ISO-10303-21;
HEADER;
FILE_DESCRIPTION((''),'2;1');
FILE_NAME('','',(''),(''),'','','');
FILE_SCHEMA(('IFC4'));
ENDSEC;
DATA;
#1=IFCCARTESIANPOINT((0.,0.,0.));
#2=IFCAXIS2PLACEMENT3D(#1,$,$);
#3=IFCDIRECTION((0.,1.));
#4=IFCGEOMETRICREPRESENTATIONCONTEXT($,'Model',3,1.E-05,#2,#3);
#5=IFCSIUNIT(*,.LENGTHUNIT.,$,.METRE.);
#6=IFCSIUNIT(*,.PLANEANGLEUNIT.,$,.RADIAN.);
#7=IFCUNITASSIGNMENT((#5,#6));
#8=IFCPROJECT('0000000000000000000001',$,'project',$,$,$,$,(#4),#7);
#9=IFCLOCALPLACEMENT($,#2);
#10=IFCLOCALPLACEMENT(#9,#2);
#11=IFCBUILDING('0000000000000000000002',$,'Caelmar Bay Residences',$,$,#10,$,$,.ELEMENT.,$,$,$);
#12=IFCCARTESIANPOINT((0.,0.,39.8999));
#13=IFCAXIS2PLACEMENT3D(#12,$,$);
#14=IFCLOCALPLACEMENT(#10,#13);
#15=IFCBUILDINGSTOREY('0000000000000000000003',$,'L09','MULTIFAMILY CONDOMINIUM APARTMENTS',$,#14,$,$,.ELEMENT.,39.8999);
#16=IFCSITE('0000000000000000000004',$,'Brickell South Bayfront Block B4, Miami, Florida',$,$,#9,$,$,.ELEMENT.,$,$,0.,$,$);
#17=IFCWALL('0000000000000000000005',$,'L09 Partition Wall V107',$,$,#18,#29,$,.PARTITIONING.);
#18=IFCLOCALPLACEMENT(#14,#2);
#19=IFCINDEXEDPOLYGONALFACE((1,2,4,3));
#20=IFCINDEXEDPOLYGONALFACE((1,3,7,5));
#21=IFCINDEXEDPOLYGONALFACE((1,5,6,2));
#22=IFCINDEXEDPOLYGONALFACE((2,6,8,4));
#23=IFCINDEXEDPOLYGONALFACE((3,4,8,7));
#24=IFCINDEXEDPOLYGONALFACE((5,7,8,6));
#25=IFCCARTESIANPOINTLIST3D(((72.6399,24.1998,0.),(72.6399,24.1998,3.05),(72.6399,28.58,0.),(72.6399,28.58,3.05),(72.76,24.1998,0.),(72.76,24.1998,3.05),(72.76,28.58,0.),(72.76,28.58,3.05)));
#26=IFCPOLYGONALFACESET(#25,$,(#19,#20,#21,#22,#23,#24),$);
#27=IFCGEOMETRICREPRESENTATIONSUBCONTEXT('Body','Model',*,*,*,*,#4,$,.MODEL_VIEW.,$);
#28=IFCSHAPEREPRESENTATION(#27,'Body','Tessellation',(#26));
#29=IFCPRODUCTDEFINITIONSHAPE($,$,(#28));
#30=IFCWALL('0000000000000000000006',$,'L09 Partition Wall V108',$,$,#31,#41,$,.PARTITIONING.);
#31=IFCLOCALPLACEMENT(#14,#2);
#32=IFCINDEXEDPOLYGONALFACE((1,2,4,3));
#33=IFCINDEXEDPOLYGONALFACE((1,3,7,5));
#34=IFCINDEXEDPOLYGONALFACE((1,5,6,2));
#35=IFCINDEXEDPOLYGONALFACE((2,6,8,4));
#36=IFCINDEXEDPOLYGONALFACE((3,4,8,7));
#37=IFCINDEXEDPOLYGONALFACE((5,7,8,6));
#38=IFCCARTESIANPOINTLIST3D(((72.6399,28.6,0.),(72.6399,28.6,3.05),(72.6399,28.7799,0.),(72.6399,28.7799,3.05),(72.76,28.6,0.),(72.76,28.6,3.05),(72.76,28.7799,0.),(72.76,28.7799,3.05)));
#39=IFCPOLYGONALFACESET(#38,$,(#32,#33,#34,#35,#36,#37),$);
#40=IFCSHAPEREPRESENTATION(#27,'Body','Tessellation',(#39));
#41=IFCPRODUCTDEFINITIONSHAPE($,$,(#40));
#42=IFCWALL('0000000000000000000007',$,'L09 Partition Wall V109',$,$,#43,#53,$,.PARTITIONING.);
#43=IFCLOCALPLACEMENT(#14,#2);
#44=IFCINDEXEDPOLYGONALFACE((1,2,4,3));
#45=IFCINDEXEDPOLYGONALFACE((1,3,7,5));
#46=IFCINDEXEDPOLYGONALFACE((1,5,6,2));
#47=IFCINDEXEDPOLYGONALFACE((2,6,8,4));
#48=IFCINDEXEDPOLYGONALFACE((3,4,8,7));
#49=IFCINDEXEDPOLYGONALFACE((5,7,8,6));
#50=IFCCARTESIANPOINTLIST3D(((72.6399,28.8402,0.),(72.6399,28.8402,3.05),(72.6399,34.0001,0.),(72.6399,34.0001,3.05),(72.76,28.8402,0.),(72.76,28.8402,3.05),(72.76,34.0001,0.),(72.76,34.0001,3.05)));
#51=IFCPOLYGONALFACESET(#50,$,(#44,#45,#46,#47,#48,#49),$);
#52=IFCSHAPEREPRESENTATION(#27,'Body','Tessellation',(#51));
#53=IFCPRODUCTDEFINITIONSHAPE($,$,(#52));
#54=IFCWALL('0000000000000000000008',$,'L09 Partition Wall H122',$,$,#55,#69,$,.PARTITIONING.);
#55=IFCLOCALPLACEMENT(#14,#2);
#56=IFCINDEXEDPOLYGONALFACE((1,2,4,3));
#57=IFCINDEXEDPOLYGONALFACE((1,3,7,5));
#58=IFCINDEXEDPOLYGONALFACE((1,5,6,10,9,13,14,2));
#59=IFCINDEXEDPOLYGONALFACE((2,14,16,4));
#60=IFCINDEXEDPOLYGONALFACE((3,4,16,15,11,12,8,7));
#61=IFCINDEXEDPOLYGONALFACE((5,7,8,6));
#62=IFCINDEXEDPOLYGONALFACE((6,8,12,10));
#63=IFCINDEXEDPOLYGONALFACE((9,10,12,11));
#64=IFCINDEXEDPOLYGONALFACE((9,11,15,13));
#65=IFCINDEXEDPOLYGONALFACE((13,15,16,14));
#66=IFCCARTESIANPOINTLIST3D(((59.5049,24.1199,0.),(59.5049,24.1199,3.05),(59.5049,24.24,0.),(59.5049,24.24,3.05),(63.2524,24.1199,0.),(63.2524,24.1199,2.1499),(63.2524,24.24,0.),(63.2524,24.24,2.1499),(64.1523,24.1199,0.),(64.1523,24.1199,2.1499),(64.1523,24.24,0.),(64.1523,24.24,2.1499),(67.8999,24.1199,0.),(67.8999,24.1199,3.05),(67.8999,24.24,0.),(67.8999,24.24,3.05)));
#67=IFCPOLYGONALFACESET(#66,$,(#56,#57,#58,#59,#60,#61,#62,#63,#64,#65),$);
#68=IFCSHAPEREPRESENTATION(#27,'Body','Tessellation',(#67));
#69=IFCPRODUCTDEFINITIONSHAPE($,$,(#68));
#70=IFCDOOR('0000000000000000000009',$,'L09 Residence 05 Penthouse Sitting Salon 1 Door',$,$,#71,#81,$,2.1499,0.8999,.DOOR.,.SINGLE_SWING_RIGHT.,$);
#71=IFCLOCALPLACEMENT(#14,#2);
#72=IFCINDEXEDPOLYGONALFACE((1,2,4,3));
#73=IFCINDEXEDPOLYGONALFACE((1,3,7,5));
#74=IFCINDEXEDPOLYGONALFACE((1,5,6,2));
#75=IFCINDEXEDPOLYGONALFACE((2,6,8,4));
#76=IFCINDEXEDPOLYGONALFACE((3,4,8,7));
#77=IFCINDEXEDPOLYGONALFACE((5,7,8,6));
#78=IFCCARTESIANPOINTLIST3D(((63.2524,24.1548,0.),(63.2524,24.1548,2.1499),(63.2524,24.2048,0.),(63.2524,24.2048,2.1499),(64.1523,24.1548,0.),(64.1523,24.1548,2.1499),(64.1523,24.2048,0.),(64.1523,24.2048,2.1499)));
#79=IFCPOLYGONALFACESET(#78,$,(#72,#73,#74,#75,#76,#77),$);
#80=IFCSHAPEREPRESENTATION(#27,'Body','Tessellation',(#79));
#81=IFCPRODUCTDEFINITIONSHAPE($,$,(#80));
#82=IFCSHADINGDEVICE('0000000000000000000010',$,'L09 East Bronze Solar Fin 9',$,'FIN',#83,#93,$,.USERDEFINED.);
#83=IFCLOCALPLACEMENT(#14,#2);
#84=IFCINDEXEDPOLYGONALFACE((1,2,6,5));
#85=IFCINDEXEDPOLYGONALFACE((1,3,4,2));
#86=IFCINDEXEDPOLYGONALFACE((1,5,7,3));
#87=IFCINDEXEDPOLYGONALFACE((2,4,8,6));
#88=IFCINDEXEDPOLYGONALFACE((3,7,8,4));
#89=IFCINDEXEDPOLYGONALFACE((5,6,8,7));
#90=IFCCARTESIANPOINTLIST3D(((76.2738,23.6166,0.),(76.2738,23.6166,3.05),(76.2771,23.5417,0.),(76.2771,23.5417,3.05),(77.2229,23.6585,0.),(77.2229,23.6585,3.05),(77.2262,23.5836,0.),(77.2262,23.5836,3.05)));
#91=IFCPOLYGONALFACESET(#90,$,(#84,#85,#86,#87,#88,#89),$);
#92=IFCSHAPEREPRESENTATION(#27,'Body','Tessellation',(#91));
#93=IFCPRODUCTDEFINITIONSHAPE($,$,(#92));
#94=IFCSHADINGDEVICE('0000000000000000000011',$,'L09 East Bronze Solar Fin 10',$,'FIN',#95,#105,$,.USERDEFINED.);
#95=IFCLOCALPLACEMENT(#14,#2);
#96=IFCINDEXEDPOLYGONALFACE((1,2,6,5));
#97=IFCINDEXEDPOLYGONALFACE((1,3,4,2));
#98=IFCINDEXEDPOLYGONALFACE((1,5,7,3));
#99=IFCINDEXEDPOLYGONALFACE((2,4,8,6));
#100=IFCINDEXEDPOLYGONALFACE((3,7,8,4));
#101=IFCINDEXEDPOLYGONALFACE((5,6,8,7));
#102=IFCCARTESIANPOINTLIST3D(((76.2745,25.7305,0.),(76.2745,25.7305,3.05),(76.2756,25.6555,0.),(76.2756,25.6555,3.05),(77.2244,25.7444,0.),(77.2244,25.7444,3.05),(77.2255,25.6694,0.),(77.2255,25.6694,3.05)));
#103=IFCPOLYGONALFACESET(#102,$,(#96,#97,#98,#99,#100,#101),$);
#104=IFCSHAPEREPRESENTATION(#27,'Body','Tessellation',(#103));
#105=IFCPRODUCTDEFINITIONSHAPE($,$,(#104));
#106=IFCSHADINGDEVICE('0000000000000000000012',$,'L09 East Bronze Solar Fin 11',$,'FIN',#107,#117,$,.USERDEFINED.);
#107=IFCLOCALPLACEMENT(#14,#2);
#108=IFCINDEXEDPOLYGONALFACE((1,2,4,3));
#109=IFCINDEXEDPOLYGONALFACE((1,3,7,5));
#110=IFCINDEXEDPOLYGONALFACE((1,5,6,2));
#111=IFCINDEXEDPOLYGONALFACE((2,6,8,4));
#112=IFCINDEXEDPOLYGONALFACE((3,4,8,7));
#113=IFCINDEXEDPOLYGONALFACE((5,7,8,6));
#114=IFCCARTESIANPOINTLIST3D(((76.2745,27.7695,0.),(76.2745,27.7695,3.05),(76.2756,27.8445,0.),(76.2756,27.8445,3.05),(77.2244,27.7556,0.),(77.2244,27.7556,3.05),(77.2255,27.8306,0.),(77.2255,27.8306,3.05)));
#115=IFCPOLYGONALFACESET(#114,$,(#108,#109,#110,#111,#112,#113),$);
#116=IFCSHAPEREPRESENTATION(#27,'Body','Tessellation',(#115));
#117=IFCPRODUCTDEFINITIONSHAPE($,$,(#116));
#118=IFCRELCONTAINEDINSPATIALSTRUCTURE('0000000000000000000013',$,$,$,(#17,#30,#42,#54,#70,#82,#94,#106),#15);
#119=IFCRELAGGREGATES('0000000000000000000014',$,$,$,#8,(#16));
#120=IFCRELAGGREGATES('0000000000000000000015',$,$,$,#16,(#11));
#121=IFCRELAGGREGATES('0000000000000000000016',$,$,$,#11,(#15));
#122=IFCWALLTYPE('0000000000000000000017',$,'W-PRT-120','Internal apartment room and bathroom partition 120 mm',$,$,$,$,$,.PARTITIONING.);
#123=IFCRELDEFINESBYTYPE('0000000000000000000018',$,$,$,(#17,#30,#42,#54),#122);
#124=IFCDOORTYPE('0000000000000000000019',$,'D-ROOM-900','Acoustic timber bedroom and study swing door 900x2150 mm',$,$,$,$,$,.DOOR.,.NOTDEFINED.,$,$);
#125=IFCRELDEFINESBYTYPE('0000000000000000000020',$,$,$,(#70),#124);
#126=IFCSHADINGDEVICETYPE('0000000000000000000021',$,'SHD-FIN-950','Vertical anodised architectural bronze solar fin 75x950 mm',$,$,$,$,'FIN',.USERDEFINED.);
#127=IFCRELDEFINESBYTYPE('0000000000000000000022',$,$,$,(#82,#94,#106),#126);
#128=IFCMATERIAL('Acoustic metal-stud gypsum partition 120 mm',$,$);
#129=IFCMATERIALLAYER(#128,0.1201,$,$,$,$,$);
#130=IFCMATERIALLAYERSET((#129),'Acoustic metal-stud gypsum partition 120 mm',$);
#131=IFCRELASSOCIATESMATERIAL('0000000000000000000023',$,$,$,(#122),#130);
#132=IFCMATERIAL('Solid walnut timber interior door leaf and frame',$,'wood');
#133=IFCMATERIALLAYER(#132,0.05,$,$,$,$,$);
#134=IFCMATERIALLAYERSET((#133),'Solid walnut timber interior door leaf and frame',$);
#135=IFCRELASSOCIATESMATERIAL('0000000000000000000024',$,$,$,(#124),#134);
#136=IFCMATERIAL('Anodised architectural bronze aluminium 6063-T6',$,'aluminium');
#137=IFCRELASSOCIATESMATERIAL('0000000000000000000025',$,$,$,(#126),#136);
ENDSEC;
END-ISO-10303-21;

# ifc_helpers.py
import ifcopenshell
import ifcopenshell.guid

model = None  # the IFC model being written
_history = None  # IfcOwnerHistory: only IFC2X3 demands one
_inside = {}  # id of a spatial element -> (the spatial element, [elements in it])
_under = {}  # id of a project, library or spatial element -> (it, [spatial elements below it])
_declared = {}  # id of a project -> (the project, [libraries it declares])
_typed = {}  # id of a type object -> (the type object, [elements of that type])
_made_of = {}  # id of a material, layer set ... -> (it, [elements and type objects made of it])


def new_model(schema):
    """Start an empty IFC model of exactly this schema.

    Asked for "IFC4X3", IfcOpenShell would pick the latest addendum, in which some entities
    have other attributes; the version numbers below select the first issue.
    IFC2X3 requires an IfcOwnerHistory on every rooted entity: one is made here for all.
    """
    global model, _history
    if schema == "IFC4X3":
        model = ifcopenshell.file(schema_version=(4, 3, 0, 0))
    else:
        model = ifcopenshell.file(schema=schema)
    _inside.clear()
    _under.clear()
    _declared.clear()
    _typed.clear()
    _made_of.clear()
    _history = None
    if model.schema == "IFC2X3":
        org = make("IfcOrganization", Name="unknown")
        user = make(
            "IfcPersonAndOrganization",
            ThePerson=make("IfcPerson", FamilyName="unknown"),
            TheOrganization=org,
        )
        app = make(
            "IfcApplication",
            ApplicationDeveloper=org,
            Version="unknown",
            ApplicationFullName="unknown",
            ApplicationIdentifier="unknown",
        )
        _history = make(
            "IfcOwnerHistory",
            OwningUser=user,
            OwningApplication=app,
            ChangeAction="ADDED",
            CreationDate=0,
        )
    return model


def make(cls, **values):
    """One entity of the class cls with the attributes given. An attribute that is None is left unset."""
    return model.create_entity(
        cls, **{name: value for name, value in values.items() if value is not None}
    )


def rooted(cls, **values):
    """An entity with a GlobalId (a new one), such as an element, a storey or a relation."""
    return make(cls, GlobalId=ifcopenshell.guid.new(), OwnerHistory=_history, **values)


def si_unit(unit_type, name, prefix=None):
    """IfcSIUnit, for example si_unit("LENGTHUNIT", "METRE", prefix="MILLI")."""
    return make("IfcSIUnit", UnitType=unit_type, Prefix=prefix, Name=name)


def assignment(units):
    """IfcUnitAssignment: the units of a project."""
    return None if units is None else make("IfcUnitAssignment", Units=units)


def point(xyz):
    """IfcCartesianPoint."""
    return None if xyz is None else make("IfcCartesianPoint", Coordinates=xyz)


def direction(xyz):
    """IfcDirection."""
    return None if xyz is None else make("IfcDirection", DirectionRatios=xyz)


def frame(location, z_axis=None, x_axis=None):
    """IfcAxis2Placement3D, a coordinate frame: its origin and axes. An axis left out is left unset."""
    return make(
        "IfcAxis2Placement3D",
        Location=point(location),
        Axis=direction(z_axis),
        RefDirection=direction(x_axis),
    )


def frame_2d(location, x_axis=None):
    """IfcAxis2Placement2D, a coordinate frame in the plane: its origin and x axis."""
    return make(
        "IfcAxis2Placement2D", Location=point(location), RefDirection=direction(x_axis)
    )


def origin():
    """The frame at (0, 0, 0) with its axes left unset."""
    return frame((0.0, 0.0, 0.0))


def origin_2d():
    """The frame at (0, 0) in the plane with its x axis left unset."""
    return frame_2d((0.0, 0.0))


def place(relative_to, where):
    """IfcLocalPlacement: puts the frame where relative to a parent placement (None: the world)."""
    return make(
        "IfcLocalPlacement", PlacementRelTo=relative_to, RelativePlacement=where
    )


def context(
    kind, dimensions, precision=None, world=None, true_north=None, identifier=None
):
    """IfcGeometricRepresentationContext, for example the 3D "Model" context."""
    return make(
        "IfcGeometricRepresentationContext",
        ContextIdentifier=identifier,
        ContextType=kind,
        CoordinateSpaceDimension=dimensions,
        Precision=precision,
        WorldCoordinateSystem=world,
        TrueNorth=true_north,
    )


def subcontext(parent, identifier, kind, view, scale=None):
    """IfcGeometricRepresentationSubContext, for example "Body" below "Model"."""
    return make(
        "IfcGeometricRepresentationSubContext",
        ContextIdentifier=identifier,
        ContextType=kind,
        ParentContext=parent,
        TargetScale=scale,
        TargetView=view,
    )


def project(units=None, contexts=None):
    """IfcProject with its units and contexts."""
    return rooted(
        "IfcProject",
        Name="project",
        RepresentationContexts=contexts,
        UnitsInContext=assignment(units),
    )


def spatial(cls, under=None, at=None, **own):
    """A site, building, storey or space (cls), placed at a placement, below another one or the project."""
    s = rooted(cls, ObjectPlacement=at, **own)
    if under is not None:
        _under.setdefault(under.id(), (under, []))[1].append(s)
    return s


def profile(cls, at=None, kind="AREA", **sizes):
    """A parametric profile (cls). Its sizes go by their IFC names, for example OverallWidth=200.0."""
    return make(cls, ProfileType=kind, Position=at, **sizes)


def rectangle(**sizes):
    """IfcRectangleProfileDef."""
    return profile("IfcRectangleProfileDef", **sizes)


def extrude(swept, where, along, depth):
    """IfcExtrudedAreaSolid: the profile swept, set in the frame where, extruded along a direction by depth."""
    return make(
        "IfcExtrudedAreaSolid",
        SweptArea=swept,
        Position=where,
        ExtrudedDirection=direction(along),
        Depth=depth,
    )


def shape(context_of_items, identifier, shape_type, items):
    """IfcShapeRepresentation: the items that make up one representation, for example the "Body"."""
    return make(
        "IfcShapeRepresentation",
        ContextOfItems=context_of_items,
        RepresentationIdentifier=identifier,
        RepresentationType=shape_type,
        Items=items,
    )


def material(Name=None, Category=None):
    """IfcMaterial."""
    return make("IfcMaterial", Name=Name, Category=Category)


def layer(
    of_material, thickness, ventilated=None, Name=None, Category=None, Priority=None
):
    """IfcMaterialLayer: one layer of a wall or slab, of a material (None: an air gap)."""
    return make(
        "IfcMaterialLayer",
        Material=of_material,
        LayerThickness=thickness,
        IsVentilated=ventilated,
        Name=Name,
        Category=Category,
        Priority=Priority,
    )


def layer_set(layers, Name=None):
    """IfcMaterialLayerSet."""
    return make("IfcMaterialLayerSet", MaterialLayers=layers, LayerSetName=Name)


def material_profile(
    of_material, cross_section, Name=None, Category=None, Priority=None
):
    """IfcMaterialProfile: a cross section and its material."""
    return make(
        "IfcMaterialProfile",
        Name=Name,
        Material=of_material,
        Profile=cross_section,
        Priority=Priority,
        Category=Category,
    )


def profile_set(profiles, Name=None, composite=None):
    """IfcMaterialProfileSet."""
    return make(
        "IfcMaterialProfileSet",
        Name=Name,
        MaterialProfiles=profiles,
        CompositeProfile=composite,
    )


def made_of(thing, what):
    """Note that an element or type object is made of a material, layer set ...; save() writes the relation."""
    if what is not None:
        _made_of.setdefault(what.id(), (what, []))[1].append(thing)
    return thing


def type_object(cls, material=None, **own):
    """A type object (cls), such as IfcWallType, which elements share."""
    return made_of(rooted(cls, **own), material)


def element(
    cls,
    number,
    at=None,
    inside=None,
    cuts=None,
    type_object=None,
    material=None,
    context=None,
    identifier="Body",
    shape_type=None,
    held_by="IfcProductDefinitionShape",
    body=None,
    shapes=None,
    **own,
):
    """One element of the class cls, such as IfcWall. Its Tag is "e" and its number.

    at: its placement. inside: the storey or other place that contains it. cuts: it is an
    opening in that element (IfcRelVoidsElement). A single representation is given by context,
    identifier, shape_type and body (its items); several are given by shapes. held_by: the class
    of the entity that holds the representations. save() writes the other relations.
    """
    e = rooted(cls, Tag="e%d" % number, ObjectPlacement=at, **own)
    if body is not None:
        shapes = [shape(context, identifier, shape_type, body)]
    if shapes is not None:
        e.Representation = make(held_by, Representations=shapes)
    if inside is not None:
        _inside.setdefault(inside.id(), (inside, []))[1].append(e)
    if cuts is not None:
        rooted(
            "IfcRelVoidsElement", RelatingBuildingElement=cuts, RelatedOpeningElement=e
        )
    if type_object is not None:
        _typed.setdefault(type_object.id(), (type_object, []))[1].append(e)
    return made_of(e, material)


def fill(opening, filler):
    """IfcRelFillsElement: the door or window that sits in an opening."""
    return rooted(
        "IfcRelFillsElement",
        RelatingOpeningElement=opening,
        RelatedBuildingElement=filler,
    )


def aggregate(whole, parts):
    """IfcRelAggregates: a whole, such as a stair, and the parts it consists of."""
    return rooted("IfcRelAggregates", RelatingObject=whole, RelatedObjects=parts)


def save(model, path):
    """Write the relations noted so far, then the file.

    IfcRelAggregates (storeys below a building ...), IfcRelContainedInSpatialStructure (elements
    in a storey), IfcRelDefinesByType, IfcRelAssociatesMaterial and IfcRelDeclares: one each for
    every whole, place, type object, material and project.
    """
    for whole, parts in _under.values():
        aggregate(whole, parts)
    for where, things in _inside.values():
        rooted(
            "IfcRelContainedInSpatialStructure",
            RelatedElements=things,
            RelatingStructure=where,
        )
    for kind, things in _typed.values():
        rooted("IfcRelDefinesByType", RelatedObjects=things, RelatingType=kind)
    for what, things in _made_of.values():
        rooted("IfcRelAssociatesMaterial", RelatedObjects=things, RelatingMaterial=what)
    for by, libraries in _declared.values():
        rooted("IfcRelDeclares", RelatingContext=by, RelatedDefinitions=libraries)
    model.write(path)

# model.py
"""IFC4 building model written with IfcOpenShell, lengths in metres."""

from ifc_helpers import new_model, si_unit, direction, frame, frame_2d, origin, origin_2d, place, context, subcontext, project, spatial, rectangle, extrude, material, layer, layer_set, material_profile, profile_set, type_object, element, fill, save


model = new_model("IFC4")

# Units and contexts
model_context = context("Model", 3, precision=1e-05, world=origin(), true_north=direction((0.0, 1.0)))
body_context = subcontext(model_context, "Body", "Model", "MODEL_VIEW")
ifc_project = project(units=[si_unit("LENGTHUNIT", "METRE"), si_unit("PLANEANGLEUNIT", "RADIAN")], contexts=[model_context])

# Site, building, storey
site_placement = place(None, origin())
site = spatial("IfcSite", under=ifc_project, at=site_placement, Name="Brickell South Bayfront Block B4, Miami, Florida", CompositionType="ELEMENT", RefElevation=0.0)
building_placement = place(site_placement, origin())
building = spatial("IfcBuilding", under=site, at=building_placement, Name="Caelmar Bay Residences", CompositionType="ELEMENT")
storey_placement = place(building_placement, frame((0.0, 0.0, 39.8999)))
storey = spatial("IfcBuildingStorey", under=building, at=storey_placement, Name="L09", Description="MULTIFAMILY CONDOMINIUM APARTMENTS", CompositionType="ELEMENT", Elevation=39.8999)

# Shared definitions
ifc_material_1 = material(Name="Acoustic metal-stud gypsum partition 120 mm")
ifc_layer_1 = layer(ifc_material_1, 0.1201)
ifc_layer_set_1 = layer_set([ifc_layer_1], Name="Acoustic metal-stud gypsum partition 120 mm")
wall_type = type_object("IfcWallType", Name="W-PRT-120", Description="Internal apartment room and bathroom partition 120 mm", PredefinedType="PARTITIONING", material=ifc_layer_set_1)

# Shared definitions
ifc_material_2 = material(Name="Solid walnut timber interior door leaf and frame", Category="wood")

# Shared definitions
ifc_layer_2 = layer(ifc_material_2, 0.05)
ifc_layer_set_2 = layer_set([ifc_layer_2], Name="Solid walnut timber interior door leaf and frame")
door_type_1 = type_object("IfcDoorType", Name="D-ROOM-900", Description="Acoustic timber bedroom and study swing door 900x2150 mm", OperationType="NOTDEFINED", PredefinedType="DOOR", material=ifc_layer_set_2)

# Walls
wall_1_placement = place(storey_placement, frame((72.7, 24.2, 0.0), z_axis=(0.0, 0.0, 1.0), x_axis=(0.0, 1.0, 0.0)))
element("IfcWall", 1, at=wall_1_placement, inside=storey, type_object=wall_type, Name="L09 Partition Wall V107", PredefinedType="PARTITIONING", context=body_context, shape_type="SweptSolid", body=[
    extrude(rectangle(XDim=4.3801, YDim=0.1201, at=frame_2d((2.1899, 0.0))), origin(), (0.0, 0.0, 1.0), 3.05),
])
wall_2_placement = place(storey_placement, frame((72.7, 28.6001, 0.0), z_axis=(0.0, 0.0, 1.0), x_axis=(0.0, 1.0, 0.0)))
element("IfcWall", 2, at=wall_2_placement, inside=storey, type_object=wall_type, Name="L09 Partition Wall V108", PredefinedType="PARTITIONING", context=body_context, shape_type="SweptSolid", body=[
    extrude(rectangle(XDim=0.1799, YDim=0.1201, at=frame_2d((0.0898, 0.0))), origin(), (0.0, 0.0, 1.0), 3.05),
])
wall_3_placement = place(storey_placement, frame((72.7, 28.8401, 0.0), z_axis=(0.0, 0.0, 1.0), x_axis=(0.0, 1.0, 0.0)))
element("IfcWall", 3, at=wall_3_placement, inside=storey, type_object=wall_type, Name="L09 Partition Wall V109", PredefinedType="PARTITIONING", context=body_context, shape_type="SweptSolid", body=[
    extrude(rectangle(XDim=5.1599, YDim=0.1201, at=frame_2d((2.5801, 0.0))), origin(), (0.0, 0.0, 1.0), 3.05),
])

# Wall, opening, door
wall_4_placement = place(storey_placement, frame((59.5049, 24.1799, 0.0), z_axis=(0.0, 0.0, 1.0), x_axis=(1.0, 0.0, 0.0)))
wall_4 = element("IfcWall", 4, at=wall_4_placement, inside=storey, type_object=wall_type, Name="L09 Partition Wall H122", PredefinedType="PARTITIONING", context=body_context, shape_type="SweptSolid", body=[
    extrude(rectangle(XDim=8.395, YDim=0.1201, at=frame_2d((4.1975, 0.0))), origin(), (0.0, 0.0, 1.0), 3.05),
])
opening_1_placement = place(wall_4_placement, frame((3.7476, 0.0, 0.0)))
opening_1 = element("IfcOpeningElement", 5, at=opening_1_placement, cuts=wall_4, PredefinedType="OPENING", context=body_context, shape_type="SweptSolid", body=[
    extrude(rectangle(XDim=0.8999, YDim=2.1499, at=frame_2d((0.45, 1.075))), frame((0.0, 0.0701, 0.0), z_axis=(0.0, -1.0, 0.0), x_axis=(1.0, 0.0, 0.0)), (0.0, 0.0, 1.0), 0.1401),
])
door_1_placement = place(opening_1_placement, origin())
door_1 = element("IfcDoor", 6, at=door_1_placement, inside=storey, type_object=door_type_1, Name="L09 Residence 05 Penthouse Sitting Salon 1 Door", OperationType="SINGLE_SWING_RIGHT", OverallHeight=2.1499, OverallWidth=0.8999, PredefinedType="DOOR", context=body_context, shape_type="SweptSolid", body=[
    extrude(rectangle(XDim=0.8999, YDim=2.1499, at=frame_2d((0.45, 1.075))), frame((0.0, 0.0249, 0.0), z_axis=(0.0, -1.0, 0.0), x_axis=(1.0, 0.0, 0.0)), (0.0, 0.0, 1.0), 0.05),
])
fill(opening_1, door_1)

# Shading devices
ifc_material_3 = material(Name="Anodised architectural bronze aluminium 6063-T6", Category="aluminium")
ifc_material_profile_1 = material_profile(ifc_material_3, rectangle(XDim=0.075, YDim=0.95, at=origin_2d()), Name="BRONZE-FIN-75X950")
ifc_profile_set_1 = profile_set([ifc_material_profile_1], Name="Anodised architectural bronze aluminium 6063-T6")
shading_device_type = type_object("IfcShadingDeviceType", Name="SHD-FIN-950", Description="Vertical anodised architectural bronze solar fin 75x950 mm", ElementType="FIN", PredefinedType="USERDEFINED", material=ifc_profile_set_1)
for number, where, z_axis, x_axis, name in (
    (7, (76.75, 23.6001, 0.0), (0.0, 0.0, 1.0), (-0.044142, 0.999025, 0.0), "L09 East Bronze Solar Fin 9"),
    (8, (76.75, 25.7, 0.0), (0.0, 0.0, 1.0), (-0.01466, 0.999893, 0.0), "L09 East Bronze Solar Fin 10"),
    (9, (76.75, 27.8, 0.0), (0.0, 0.0, 1.0), (0.01466, 0.999893, 0.0), "L09 East Bronze Solar Fin 11"),
):
    element("IfcShadingDevice", number, at=place(storey_placement, frame(where, z_axis=z_axis, x_axis=x_axis)), inside=storey, type_object=shading_device_type, Name=name, ObjectType="FIN", PredefinedType="USERDEFINED", context=body_context, shape_type="SweptSolid", body=[
        extrude(rectangle(XDim=0.075, YDim=0.95, at=origin_2d()), origin(), (0.0, 0.0, 1.0), 3.05),
    ])

save(model, "model.ifc")
